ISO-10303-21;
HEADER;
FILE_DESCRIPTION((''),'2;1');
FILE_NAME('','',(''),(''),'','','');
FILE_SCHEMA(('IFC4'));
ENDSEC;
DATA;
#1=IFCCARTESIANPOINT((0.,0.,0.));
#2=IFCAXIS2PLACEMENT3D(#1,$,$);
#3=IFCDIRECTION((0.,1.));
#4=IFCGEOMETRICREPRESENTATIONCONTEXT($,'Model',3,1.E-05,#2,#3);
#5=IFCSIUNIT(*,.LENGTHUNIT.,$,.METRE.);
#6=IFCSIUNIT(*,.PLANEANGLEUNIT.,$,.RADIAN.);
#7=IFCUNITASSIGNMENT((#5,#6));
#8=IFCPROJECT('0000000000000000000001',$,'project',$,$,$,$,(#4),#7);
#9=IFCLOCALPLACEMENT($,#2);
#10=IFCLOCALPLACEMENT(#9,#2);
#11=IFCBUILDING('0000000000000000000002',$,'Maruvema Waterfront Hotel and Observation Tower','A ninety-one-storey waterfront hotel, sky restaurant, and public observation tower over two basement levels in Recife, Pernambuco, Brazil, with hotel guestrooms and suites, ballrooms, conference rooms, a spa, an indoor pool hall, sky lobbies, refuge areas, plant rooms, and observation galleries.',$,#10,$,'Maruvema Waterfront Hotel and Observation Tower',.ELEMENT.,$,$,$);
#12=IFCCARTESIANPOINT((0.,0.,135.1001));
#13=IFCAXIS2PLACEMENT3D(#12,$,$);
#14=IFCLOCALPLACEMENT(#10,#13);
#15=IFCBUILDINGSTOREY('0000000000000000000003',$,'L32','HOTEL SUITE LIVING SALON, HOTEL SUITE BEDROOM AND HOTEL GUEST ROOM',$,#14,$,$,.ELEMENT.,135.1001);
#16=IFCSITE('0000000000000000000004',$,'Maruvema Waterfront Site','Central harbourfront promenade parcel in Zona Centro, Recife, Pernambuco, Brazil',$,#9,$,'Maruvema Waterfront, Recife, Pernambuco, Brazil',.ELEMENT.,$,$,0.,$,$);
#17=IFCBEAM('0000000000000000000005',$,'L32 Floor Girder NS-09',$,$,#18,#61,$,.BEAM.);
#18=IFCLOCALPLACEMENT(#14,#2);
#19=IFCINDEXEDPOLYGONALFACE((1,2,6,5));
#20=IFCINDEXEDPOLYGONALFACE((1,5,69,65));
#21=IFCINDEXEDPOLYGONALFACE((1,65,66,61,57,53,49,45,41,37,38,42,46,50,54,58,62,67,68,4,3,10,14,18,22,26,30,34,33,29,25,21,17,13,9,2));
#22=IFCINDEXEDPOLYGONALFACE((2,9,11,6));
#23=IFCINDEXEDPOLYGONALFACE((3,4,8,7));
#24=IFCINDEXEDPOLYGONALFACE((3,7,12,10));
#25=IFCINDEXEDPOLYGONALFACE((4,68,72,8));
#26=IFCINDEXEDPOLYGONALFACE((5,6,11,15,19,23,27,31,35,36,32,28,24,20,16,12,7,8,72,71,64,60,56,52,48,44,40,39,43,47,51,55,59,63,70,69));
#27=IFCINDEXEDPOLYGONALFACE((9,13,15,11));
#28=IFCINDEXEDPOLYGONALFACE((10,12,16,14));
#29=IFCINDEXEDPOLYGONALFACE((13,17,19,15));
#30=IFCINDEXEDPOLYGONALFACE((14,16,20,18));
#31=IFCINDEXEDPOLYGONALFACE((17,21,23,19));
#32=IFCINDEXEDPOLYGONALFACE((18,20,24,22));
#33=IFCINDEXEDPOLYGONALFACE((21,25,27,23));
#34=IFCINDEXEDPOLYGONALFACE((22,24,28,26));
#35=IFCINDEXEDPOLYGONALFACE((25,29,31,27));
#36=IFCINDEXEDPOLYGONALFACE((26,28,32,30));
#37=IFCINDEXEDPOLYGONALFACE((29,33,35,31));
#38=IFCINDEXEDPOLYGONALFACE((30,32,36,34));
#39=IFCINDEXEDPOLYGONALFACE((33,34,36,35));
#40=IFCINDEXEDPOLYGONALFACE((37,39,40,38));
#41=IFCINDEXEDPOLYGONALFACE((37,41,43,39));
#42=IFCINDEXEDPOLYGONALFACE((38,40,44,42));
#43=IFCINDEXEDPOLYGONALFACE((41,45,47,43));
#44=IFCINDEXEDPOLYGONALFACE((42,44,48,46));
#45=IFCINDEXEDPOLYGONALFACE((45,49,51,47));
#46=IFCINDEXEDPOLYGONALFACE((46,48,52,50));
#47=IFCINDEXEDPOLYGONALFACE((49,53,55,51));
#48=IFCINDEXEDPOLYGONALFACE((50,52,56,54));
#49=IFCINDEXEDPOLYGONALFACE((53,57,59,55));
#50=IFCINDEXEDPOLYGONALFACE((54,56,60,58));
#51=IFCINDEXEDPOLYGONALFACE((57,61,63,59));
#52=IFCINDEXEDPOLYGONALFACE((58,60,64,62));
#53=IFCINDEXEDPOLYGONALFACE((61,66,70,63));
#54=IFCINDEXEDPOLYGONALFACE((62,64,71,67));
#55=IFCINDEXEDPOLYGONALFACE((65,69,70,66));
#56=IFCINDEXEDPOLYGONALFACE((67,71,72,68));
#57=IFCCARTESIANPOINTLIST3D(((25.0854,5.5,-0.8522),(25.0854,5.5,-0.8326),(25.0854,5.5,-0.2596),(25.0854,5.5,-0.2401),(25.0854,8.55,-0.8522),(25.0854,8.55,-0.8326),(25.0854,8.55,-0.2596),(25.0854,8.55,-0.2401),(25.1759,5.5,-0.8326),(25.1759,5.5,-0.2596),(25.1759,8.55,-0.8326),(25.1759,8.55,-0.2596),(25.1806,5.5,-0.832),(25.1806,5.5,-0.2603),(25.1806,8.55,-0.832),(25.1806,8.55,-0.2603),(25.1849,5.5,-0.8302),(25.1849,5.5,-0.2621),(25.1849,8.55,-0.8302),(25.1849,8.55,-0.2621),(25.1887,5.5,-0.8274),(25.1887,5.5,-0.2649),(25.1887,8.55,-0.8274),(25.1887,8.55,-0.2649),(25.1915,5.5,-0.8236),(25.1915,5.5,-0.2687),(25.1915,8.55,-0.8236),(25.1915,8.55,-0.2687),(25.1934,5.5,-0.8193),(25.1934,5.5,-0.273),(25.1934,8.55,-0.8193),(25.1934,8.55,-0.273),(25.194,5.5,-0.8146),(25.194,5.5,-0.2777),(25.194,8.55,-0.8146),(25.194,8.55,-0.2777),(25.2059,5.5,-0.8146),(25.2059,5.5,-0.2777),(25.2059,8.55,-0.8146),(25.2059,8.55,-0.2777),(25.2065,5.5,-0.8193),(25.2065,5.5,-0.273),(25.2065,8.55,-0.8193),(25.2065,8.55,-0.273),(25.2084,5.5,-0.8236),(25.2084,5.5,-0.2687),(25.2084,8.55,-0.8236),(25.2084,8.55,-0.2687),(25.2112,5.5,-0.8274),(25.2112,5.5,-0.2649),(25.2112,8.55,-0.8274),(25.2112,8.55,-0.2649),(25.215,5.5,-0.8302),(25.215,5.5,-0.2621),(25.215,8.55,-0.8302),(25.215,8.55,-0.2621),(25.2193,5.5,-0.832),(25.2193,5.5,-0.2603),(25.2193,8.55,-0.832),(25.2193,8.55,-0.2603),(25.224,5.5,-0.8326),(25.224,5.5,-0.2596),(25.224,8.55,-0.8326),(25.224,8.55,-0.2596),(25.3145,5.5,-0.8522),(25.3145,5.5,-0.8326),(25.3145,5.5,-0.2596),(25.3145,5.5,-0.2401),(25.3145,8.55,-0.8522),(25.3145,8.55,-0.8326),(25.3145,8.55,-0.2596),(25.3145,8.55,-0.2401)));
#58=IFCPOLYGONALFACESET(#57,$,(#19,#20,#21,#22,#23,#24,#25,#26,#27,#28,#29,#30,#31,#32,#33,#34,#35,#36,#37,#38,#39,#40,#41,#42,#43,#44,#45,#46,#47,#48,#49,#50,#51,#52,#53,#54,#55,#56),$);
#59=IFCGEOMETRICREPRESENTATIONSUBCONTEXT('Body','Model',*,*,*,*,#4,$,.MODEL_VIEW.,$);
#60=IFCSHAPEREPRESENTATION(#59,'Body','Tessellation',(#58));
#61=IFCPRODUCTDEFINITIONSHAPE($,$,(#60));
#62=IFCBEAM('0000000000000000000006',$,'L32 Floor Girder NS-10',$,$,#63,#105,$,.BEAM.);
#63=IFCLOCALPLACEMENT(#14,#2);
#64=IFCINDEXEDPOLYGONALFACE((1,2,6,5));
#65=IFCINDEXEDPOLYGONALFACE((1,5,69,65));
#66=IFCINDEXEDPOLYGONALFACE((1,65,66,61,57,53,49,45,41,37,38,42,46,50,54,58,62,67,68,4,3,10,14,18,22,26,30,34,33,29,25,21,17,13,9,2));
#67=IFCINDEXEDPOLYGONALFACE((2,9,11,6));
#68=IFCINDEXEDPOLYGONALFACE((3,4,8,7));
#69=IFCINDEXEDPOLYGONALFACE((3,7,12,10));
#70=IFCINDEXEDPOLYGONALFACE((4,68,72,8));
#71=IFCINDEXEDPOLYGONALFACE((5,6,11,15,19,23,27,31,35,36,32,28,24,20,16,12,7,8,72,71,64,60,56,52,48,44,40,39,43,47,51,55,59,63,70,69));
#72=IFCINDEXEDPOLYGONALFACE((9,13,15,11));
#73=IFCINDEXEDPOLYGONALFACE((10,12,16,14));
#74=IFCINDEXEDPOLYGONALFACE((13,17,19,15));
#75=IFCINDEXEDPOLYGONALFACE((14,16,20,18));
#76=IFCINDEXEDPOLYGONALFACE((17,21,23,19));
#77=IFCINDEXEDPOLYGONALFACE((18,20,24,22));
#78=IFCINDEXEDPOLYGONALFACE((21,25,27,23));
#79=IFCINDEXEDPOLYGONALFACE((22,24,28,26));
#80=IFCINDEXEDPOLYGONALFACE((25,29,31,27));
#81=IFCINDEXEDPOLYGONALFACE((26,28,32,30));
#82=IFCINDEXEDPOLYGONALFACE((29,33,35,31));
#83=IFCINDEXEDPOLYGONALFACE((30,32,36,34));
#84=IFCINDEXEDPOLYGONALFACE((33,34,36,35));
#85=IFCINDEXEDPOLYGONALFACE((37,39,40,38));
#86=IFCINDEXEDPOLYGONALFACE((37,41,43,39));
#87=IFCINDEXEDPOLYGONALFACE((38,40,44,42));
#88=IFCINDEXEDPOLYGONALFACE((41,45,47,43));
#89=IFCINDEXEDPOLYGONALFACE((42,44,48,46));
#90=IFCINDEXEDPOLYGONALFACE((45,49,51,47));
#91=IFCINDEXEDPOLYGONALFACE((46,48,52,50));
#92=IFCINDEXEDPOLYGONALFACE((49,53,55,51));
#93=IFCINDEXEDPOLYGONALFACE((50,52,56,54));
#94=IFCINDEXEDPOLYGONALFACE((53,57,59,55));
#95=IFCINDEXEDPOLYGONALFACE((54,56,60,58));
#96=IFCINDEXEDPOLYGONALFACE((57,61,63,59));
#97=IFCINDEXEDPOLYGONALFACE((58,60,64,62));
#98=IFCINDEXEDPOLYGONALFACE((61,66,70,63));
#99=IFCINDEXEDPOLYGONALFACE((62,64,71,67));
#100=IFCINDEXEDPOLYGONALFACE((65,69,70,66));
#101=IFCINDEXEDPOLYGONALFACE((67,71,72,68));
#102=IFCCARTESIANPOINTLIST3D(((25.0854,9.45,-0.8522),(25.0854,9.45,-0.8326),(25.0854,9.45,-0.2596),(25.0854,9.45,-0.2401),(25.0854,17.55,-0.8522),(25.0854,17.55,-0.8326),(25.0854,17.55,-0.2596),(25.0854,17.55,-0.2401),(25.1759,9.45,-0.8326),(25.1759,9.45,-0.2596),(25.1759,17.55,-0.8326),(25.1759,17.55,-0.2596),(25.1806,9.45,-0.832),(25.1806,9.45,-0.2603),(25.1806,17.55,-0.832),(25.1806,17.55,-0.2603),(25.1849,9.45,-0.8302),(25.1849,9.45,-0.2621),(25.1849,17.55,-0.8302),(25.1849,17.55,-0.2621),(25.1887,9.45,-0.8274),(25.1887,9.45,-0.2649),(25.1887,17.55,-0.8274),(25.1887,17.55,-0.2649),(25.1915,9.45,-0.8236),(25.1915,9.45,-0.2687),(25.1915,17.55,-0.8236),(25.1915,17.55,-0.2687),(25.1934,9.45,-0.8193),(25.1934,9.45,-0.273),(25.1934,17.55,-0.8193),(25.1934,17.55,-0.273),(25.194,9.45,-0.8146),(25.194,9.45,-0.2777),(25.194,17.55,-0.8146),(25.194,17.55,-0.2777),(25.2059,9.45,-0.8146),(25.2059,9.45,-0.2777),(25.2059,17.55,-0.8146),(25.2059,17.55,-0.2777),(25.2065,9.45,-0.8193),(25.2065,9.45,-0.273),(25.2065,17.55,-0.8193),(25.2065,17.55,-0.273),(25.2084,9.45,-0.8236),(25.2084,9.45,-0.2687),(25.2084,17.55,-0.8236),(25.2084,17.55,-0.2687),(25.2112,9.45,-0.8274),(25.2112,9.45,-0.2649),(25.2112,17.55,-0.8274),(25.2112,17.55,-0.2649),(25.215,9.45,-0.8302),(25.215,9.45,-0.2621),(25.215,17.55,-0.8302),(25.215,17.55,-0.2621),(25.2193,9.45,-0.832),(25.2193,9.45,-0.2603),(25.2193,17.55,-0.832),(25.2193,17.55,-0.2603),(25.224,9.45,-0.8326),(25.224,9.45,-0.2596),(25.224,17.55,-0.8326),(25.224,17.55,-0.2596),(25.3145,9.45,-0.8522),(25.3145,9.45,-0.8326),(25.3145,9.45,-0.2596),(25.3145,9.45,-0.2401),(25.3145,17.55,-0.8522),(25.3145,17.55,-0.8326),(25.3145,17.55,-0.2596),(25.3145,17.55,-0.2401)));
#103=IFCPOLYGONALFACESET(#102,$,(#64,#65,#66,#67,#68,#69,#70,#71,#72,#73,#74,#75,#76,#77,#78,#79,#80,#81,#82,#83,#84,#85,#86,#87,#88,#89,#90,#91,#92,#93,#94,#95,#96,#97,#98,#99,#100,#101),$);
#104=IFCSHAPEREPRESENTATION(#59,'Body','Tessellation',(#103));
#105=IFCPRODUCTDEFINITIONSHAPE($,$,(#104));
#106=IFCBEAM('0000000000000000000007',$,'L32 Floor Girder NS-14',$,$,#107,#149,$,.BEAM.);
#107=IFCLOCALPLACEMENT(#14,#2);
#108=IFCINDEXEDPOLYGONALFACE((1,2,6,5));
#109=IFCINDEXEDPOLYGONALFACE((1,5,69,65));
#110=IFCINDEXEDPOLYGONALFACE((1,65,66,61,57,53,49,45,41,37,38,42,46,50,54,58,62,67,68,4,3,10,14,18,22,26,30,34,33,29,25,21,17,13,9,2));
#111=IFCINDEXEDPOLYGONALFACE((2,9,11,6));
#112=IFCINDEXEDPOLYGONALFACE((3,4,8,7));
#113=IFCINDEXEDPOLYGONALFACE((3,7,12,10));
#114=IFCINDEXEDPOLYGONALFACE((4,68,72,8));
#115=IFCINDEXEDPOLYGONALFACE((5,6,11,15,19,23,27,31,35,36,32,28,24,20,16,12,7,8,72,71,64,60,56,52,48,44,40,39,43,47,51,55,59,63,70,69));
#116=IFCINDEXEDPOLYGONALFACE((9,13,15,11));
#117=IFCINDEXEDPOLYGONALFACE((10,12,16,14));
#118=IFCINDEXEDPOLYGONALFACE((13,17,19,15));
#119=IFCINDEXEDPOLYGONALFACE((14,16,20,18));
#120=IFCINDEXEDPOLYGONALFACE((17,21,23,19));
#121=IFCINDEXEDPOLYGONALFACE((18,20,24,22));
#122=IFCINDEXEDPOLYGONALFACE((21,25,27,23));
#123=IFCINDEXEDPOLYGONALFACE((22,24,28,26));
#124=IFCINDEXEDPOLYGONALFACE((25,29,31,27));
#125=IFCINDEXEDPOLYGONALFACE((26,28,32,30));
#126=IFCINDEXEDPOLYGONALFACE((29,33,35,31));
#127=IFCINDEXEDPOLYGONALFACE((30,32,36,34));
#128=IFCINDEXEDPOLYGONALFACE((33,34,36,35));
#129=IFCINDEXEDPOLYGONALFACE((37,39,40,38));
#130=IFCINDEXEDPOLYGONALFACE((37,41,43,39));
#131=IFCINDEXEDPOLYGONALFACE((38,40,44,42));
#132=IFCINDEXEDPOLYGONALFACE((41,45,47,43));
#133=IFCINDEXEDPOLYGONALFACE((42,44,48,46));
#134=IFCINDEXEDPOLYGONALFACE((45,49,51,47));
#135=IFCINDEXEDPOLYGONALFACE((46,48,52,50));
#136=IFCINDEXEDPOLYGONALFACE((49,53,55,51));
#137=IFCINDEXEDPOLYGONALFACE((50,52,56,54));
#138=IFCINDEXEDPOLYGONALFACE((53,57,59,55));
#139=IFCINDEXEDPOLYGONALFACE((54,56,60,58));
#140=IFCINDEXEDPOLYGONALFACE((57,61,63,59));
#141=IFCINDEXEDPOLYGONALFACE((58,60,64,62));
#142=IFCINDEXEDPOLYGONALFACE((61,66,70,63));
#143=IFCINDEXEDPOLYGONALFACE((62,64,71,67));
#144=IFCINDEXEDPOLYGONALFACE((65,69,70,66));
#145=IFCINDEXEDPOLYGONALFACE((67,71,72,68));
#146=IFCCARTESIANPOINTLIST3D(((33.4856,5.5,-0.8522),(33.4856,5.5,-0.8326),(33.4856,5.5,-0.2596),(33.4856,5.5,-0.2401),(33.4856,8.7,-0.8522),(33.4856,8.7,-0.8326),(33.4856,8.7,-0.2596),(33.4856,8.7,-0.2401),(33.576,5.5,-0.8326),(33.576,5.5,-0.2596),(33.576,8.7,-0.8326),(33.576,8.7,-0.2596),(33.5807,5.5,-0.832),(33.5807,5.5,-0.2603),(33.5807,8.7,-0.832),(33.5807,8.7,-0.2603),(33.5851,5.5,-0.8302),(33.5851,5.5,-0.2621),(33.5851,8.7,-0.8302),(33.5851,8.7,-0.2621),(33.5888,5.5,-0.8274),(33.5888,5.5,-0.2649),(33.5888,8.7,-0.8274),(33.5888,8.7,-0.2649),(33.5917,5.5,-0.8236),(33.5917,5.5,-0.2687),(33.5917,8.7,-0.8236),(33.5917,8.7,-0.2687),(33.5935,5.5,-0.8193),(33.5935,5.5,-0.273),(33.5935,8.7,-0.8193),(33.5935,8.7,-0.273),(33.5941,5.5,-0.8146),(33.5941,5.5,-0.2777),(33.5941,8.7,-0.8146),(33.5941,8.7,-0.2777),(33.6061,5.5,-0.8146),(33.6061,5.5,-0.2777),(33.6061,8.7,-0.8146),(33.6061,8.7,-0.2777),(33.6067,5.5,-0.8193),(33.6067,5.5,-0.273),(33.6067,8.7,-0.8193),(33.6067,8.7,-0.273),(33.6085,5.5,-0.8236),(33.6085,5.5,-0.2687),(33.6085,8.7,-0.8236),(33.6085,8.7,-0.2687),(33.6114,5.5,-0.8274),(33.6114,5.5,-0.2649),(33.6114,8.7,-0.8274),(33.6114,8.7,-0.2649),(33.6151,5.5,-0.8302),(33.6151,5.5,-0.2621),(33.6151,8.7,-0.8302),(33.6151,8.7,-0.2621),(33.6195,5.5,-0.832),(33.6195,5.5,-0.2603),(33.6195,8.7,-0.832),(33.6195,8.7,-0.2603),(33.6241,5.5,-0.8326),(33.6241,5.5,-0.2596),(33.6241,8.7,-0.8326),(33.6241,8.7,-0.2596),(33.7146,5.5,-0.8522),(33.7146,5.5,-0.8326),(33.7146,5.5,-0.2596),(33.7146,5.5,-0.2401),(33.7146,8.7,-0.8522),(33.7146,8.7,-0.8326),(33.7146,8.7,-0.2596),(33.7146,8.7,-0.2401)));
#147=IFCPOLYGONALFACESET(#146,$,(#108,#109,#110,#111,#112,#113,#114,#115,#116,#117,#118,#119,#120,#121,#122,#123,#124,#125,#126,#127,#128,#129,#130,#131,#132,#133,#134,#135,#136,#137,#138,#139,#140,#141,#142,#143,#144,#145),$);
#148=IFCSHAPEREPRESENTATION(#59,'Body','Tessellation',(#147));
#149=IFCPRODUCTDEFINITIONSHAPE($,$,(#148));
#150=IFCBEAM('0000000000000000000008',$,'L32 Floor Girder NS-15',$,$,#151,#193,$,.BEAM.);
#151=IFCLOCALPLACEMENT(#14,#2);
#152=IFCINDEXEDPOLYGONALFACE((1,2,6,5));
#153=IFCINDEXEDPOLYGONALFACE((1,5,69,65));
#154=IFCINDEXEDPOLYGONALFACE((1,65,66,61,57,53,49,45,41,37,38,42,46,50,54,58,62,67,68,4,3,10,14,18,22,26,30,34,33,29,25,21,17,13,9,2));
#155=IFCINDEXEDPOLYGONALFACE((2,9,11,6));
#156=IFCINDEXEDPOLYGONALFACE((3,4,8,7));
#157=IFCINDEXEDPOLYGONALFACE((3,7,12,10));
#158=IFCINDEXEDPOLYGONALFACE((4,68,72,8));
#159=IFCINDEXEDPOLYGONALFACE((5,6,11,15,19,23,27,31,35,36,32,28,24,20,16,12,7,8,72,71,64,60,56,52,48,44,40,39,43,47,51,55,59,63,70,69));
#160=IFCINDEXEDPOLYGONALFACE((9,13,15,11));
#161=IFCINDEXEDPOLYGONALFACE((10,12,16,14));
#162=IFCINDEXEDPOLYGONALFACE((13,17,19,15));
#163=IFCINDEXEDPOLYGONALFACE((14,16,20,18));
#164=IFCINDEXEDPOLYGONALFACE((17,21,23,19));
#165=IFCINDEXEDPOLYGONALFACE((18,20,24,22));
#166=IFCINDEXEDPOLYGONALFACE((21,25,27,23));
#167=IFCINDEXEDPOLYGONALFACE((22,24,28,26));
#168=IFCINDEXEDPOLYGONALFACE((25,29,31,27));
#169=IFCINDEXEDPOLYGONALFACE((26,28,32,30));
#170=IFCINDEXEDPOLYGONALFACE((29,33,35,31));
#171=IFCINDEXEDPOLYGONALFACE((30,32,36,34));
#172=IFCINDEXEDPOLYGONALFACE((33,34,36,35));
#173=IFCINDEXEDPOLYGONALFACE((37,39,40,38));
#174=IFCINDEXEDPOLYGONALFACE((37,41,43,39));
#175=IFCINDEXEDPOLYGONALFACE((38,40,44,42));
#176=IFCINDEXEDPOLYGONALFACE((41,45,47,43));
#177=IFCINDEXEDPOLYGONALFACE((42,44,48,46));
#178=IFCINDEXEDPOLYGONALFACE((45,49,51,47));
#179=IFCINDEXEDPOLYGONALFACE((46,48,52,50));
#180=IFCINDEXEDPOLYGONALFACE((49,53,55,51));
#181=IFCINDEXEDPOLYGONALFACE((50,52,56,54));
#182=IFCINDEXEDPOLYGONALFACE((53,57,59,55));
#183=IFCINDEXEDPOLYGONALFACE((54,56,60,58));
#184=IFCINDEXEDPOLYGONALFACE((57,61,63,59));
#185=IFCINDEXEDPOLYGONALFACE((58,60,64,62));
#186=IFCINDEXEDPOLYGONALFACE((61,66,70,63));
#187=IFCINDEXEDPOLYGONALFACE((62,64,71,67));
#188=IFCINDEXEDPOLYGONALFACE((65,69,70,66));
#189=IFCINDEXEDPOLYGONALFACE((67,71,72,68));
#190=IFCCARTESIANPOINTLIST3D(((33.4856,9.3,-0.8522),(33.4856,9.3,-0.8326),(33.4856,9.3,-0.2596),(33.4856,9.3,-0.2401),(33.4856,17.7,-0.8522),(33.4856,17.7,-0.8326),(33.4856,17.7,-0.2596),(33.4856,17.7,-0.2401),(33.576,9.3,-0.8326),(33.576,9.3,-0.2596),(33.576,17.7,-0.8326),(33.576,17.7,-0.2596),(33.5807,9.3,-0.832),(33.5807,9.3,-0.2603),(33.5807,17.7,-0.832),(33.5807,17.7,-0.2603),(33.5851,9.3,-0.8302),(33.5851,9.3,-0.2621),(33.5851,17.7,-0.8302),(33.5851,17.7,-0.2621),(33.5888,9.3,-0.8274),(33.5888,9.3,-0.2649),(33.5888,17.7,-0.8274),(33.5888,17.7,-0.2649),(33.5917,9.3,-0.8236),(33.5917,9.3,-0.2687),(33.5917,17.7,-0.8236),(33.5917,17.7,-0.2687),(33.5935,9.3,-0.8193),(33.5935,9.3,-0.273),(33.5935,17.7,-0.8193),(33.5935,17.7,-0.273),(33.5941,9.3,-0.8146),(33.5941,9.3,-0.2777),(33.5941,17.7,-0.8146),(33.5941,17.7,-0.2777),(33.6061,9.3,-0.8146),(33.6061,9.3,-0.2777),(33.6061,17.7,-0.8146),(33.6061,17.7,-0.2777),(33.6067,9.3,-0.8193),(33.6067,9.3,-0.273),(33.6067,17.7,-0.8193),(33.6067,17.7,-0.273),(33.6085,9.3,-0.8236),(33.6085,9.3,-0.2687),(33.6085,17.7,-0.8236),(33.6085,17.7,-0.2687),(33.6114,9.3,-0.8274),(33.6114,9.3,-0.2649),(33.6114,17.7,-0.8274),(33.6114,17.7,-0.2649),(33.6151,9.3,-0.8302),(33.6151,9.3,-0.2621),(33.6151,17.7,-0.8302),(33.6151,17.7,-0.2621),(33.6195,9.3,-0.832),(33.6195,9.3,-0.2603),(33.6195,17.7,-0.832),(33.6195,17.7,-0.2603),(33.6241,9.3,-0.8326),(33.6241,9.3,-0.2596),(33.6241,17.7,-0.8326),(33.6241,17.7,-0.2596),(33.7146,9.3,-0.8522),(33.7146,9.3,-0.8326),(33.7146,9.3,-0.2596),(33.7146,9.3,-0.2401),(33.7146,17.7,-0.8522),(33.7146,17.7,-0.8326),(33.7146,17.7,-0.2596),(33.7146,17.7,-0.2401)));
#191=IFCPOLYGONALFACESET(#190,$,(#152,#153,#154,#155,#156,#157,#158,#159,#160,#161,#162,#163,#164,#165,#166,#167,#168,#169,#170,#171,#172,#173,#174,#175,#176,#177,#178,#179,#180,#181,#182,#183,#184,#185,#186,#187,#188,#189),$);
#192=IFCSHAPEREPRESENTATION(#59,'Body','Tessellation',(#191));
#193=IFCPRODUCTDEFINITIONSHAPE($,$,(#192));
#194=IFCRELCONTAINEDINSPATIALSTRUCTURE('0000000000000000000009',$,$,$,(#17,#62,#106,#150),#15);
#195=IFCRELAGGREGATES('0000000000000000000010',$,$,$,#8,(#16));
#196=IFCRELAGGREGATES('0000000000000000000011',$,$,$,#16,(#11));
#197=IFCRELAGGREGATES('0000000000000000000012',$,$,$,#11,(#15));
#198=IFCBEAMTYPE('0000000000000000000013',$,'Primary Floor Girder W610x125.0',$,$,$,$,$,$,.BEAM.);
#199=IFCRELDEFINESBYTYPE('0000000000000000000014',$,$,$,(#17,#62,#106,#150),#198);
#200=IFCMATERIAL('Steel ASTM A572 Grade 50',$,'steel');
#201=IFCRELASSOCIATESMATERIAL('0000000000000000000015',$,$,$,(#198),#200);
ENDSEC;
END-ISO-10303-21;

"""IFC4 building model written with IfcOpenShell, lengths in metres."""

from ifc_helpers import new_model, si_unit, direction, frame, origin, origin_2d, place, context, subcontext, project, spatial, i_section, extrude, material, material_profile, profile_set, type_object, element, save


model = new_model("IFC4")

# Units and contexts
model_context = context("Model", 3, precision=1e-05, world=origin(), true_north=direction((0.0, 1.0)))
body_context = subcontext(model_context, "Body", "Model", "MODEL_VIEW")
ifc_project = project(units=[si_unit("LENGTHUNIT", "METRE"), si_unit("PLANEANGLEUNIT", "RADIAN")], contexts=[model_context])

# Site, building, storey
site_placement = place(None, origin())
site = spatial("IfcSite", under=ifc_project, at=site_placement, Name="Maruvema Waterfront Site", Description="Central harbourfront promenade parcel in Zona Centro, Recife, Pernambuco, Brazil", LongName="Maruvema Waterfront, Recife, Pernambuco, Brazil", CompositionType="ELEMENT", RefElevation=0.0)
building_placement = place(site_placement, origin())
building = spatial("IfcBuilding", under=site, at=building_placement, Name="Maruvema Waterfront Hotel and Observation Tower", Description="A ninety-one-storey waterfront hotel, sky restaurant, and public observation tower over two basement levels in Recife, Pernambuco, Brazil, with hotel guestrooms and suites, ballrooms, conference rooms, a spa, an indoor pool hall, sky lobbies, refuge areas, plant rooms, and observation galleries.", LongName="Maruvema Waterfront Hotel and Observation Tower", CompositionType="ELEMENT")
storey_placement = place(building_placement, frame((0.0, 0.0, 135.1001)))
storey = spatial("IfcBuildingStorey", under=building, at=storey_placement, Name="L32", Description="HOTEL SUITE LIVING SALON, HOTEL SUITE BEDROOM AND HOTEL GUEST ROOM", CompositionType="ELEMENT", Elevation=135.1001)

# Beams
ifc_material_1 = material(Name="Steel ASTM A572 Grade 50", Category="steel")
ifc_material_profile_1 = material_profile(ifc_material_1, i_section(OverallWidth=0.229, OverallDepth=0.6121, WebThickness=0.012, FlangeThickness=0.0195, FilletRadius=0.0181, at=origin_2d()), Name="W610x125.0")
ifc_profile_set_1 = profile_set([ifc_material_profile_1], Name="Steel ASTM A572 Grade 50")
beam_type_1 = type_object("IfcBeamType", Name="Primary Floor Girder W610x125.0", PredefinedType="BEAM", material=ifc_profile_set_1)
beam_1_placement = place(storey_placement, frame((25.2, 5.5, -0.5461), z_axis=(0.0, 1.0, 0.0), x_axis=(-1.0, 0.0, 0.0)))
element("IfcBeam", 1, at=beam_1_placement, inside=storey, type_object=beam_type_1, Name="L32 Floor Girder NS-09", PredefinedType="BEAM", context=body_context, shape_type="SweptSolid", body=[
    extrude(i_section(OverallWidth=0.229, OverallDepth=0.6121, WebThickness=0.012, FlangeThickness=0.0195, FilletRadius=0.0181, at=origin_2d()), origin(), (0.0, 0.0, 1.0), 3.05),
])
beam_2_placement = place(storey_placement, frame((25.2, 9.45, -0.5461), z_axis=(0.0, 1.0, 0.0), x_axis=(-1.0, 0.0, 0.0)))
element("IfcBeam", 2, at=beam_2_placement, inside=storey, type_object=beam_type_1, Name="L32 Floor Girder NS-10", PredefinedType="BEAM", context=body_context, shape_type="SweptSolid", body=[
    extrude(i_section(OverallWidth=0.229, OverallDepth=0.6121, WebThickness=0.012, FlangeThickness=0.0195, FilletRadius=0.0181, at=origin_2d()), origin(), (0.0, 0.0, 1.0), 8.1001),
])
beam_3_placement = place(storey_placement, frame((33.6001, 5.5, -0.5461), z_axis=(0.0, 1.0, 0.0), x_axis=(-1.0, 0.0, 0.0)))
element("IfcBeam", 3, at=beam_3_placement, inside=storey, type_object=beam_type_1, Name="L32 Floor Girder NS-14", PredefinedType="BEAM", context=body_context, shape_type="SweptSolid", body=[
    extrude(i_section(OverallWidth=0.229, OverallDepth=0.6121, WebThickness=0.012, FlangeThickness=0.0195, FilletRadius=0.0181, at=origin_2d()), origin(), (0.0, 0.0, 1.0), 3.2),
])
beam_4_placement = place(storey_placement, frame((33.6001, 9.3, -0.5461), z_axis=(0.0, 1.0, 0.0), x_axis=(-1.0, 0.0, 0.0)))
element("IfcBeam", 4, at=beam_4_placement, inside=storey, type_object=beam_type_1, Name="L32 Floor Girder NS-15", PredefinedType="BEAM", context=body_context, shape_type="SweptSolid", body=[
    extrude(i_section(OverallWidth=0.229, OverallDepth=0.6121, WebThickness=0.012, FlangeThickness=0.0195, FilletRadius=0.0181, at=origin_2d()), origin(), (0.0, 0.0, 1.0), 8.3999),
])

save(model, "model.ifc")
